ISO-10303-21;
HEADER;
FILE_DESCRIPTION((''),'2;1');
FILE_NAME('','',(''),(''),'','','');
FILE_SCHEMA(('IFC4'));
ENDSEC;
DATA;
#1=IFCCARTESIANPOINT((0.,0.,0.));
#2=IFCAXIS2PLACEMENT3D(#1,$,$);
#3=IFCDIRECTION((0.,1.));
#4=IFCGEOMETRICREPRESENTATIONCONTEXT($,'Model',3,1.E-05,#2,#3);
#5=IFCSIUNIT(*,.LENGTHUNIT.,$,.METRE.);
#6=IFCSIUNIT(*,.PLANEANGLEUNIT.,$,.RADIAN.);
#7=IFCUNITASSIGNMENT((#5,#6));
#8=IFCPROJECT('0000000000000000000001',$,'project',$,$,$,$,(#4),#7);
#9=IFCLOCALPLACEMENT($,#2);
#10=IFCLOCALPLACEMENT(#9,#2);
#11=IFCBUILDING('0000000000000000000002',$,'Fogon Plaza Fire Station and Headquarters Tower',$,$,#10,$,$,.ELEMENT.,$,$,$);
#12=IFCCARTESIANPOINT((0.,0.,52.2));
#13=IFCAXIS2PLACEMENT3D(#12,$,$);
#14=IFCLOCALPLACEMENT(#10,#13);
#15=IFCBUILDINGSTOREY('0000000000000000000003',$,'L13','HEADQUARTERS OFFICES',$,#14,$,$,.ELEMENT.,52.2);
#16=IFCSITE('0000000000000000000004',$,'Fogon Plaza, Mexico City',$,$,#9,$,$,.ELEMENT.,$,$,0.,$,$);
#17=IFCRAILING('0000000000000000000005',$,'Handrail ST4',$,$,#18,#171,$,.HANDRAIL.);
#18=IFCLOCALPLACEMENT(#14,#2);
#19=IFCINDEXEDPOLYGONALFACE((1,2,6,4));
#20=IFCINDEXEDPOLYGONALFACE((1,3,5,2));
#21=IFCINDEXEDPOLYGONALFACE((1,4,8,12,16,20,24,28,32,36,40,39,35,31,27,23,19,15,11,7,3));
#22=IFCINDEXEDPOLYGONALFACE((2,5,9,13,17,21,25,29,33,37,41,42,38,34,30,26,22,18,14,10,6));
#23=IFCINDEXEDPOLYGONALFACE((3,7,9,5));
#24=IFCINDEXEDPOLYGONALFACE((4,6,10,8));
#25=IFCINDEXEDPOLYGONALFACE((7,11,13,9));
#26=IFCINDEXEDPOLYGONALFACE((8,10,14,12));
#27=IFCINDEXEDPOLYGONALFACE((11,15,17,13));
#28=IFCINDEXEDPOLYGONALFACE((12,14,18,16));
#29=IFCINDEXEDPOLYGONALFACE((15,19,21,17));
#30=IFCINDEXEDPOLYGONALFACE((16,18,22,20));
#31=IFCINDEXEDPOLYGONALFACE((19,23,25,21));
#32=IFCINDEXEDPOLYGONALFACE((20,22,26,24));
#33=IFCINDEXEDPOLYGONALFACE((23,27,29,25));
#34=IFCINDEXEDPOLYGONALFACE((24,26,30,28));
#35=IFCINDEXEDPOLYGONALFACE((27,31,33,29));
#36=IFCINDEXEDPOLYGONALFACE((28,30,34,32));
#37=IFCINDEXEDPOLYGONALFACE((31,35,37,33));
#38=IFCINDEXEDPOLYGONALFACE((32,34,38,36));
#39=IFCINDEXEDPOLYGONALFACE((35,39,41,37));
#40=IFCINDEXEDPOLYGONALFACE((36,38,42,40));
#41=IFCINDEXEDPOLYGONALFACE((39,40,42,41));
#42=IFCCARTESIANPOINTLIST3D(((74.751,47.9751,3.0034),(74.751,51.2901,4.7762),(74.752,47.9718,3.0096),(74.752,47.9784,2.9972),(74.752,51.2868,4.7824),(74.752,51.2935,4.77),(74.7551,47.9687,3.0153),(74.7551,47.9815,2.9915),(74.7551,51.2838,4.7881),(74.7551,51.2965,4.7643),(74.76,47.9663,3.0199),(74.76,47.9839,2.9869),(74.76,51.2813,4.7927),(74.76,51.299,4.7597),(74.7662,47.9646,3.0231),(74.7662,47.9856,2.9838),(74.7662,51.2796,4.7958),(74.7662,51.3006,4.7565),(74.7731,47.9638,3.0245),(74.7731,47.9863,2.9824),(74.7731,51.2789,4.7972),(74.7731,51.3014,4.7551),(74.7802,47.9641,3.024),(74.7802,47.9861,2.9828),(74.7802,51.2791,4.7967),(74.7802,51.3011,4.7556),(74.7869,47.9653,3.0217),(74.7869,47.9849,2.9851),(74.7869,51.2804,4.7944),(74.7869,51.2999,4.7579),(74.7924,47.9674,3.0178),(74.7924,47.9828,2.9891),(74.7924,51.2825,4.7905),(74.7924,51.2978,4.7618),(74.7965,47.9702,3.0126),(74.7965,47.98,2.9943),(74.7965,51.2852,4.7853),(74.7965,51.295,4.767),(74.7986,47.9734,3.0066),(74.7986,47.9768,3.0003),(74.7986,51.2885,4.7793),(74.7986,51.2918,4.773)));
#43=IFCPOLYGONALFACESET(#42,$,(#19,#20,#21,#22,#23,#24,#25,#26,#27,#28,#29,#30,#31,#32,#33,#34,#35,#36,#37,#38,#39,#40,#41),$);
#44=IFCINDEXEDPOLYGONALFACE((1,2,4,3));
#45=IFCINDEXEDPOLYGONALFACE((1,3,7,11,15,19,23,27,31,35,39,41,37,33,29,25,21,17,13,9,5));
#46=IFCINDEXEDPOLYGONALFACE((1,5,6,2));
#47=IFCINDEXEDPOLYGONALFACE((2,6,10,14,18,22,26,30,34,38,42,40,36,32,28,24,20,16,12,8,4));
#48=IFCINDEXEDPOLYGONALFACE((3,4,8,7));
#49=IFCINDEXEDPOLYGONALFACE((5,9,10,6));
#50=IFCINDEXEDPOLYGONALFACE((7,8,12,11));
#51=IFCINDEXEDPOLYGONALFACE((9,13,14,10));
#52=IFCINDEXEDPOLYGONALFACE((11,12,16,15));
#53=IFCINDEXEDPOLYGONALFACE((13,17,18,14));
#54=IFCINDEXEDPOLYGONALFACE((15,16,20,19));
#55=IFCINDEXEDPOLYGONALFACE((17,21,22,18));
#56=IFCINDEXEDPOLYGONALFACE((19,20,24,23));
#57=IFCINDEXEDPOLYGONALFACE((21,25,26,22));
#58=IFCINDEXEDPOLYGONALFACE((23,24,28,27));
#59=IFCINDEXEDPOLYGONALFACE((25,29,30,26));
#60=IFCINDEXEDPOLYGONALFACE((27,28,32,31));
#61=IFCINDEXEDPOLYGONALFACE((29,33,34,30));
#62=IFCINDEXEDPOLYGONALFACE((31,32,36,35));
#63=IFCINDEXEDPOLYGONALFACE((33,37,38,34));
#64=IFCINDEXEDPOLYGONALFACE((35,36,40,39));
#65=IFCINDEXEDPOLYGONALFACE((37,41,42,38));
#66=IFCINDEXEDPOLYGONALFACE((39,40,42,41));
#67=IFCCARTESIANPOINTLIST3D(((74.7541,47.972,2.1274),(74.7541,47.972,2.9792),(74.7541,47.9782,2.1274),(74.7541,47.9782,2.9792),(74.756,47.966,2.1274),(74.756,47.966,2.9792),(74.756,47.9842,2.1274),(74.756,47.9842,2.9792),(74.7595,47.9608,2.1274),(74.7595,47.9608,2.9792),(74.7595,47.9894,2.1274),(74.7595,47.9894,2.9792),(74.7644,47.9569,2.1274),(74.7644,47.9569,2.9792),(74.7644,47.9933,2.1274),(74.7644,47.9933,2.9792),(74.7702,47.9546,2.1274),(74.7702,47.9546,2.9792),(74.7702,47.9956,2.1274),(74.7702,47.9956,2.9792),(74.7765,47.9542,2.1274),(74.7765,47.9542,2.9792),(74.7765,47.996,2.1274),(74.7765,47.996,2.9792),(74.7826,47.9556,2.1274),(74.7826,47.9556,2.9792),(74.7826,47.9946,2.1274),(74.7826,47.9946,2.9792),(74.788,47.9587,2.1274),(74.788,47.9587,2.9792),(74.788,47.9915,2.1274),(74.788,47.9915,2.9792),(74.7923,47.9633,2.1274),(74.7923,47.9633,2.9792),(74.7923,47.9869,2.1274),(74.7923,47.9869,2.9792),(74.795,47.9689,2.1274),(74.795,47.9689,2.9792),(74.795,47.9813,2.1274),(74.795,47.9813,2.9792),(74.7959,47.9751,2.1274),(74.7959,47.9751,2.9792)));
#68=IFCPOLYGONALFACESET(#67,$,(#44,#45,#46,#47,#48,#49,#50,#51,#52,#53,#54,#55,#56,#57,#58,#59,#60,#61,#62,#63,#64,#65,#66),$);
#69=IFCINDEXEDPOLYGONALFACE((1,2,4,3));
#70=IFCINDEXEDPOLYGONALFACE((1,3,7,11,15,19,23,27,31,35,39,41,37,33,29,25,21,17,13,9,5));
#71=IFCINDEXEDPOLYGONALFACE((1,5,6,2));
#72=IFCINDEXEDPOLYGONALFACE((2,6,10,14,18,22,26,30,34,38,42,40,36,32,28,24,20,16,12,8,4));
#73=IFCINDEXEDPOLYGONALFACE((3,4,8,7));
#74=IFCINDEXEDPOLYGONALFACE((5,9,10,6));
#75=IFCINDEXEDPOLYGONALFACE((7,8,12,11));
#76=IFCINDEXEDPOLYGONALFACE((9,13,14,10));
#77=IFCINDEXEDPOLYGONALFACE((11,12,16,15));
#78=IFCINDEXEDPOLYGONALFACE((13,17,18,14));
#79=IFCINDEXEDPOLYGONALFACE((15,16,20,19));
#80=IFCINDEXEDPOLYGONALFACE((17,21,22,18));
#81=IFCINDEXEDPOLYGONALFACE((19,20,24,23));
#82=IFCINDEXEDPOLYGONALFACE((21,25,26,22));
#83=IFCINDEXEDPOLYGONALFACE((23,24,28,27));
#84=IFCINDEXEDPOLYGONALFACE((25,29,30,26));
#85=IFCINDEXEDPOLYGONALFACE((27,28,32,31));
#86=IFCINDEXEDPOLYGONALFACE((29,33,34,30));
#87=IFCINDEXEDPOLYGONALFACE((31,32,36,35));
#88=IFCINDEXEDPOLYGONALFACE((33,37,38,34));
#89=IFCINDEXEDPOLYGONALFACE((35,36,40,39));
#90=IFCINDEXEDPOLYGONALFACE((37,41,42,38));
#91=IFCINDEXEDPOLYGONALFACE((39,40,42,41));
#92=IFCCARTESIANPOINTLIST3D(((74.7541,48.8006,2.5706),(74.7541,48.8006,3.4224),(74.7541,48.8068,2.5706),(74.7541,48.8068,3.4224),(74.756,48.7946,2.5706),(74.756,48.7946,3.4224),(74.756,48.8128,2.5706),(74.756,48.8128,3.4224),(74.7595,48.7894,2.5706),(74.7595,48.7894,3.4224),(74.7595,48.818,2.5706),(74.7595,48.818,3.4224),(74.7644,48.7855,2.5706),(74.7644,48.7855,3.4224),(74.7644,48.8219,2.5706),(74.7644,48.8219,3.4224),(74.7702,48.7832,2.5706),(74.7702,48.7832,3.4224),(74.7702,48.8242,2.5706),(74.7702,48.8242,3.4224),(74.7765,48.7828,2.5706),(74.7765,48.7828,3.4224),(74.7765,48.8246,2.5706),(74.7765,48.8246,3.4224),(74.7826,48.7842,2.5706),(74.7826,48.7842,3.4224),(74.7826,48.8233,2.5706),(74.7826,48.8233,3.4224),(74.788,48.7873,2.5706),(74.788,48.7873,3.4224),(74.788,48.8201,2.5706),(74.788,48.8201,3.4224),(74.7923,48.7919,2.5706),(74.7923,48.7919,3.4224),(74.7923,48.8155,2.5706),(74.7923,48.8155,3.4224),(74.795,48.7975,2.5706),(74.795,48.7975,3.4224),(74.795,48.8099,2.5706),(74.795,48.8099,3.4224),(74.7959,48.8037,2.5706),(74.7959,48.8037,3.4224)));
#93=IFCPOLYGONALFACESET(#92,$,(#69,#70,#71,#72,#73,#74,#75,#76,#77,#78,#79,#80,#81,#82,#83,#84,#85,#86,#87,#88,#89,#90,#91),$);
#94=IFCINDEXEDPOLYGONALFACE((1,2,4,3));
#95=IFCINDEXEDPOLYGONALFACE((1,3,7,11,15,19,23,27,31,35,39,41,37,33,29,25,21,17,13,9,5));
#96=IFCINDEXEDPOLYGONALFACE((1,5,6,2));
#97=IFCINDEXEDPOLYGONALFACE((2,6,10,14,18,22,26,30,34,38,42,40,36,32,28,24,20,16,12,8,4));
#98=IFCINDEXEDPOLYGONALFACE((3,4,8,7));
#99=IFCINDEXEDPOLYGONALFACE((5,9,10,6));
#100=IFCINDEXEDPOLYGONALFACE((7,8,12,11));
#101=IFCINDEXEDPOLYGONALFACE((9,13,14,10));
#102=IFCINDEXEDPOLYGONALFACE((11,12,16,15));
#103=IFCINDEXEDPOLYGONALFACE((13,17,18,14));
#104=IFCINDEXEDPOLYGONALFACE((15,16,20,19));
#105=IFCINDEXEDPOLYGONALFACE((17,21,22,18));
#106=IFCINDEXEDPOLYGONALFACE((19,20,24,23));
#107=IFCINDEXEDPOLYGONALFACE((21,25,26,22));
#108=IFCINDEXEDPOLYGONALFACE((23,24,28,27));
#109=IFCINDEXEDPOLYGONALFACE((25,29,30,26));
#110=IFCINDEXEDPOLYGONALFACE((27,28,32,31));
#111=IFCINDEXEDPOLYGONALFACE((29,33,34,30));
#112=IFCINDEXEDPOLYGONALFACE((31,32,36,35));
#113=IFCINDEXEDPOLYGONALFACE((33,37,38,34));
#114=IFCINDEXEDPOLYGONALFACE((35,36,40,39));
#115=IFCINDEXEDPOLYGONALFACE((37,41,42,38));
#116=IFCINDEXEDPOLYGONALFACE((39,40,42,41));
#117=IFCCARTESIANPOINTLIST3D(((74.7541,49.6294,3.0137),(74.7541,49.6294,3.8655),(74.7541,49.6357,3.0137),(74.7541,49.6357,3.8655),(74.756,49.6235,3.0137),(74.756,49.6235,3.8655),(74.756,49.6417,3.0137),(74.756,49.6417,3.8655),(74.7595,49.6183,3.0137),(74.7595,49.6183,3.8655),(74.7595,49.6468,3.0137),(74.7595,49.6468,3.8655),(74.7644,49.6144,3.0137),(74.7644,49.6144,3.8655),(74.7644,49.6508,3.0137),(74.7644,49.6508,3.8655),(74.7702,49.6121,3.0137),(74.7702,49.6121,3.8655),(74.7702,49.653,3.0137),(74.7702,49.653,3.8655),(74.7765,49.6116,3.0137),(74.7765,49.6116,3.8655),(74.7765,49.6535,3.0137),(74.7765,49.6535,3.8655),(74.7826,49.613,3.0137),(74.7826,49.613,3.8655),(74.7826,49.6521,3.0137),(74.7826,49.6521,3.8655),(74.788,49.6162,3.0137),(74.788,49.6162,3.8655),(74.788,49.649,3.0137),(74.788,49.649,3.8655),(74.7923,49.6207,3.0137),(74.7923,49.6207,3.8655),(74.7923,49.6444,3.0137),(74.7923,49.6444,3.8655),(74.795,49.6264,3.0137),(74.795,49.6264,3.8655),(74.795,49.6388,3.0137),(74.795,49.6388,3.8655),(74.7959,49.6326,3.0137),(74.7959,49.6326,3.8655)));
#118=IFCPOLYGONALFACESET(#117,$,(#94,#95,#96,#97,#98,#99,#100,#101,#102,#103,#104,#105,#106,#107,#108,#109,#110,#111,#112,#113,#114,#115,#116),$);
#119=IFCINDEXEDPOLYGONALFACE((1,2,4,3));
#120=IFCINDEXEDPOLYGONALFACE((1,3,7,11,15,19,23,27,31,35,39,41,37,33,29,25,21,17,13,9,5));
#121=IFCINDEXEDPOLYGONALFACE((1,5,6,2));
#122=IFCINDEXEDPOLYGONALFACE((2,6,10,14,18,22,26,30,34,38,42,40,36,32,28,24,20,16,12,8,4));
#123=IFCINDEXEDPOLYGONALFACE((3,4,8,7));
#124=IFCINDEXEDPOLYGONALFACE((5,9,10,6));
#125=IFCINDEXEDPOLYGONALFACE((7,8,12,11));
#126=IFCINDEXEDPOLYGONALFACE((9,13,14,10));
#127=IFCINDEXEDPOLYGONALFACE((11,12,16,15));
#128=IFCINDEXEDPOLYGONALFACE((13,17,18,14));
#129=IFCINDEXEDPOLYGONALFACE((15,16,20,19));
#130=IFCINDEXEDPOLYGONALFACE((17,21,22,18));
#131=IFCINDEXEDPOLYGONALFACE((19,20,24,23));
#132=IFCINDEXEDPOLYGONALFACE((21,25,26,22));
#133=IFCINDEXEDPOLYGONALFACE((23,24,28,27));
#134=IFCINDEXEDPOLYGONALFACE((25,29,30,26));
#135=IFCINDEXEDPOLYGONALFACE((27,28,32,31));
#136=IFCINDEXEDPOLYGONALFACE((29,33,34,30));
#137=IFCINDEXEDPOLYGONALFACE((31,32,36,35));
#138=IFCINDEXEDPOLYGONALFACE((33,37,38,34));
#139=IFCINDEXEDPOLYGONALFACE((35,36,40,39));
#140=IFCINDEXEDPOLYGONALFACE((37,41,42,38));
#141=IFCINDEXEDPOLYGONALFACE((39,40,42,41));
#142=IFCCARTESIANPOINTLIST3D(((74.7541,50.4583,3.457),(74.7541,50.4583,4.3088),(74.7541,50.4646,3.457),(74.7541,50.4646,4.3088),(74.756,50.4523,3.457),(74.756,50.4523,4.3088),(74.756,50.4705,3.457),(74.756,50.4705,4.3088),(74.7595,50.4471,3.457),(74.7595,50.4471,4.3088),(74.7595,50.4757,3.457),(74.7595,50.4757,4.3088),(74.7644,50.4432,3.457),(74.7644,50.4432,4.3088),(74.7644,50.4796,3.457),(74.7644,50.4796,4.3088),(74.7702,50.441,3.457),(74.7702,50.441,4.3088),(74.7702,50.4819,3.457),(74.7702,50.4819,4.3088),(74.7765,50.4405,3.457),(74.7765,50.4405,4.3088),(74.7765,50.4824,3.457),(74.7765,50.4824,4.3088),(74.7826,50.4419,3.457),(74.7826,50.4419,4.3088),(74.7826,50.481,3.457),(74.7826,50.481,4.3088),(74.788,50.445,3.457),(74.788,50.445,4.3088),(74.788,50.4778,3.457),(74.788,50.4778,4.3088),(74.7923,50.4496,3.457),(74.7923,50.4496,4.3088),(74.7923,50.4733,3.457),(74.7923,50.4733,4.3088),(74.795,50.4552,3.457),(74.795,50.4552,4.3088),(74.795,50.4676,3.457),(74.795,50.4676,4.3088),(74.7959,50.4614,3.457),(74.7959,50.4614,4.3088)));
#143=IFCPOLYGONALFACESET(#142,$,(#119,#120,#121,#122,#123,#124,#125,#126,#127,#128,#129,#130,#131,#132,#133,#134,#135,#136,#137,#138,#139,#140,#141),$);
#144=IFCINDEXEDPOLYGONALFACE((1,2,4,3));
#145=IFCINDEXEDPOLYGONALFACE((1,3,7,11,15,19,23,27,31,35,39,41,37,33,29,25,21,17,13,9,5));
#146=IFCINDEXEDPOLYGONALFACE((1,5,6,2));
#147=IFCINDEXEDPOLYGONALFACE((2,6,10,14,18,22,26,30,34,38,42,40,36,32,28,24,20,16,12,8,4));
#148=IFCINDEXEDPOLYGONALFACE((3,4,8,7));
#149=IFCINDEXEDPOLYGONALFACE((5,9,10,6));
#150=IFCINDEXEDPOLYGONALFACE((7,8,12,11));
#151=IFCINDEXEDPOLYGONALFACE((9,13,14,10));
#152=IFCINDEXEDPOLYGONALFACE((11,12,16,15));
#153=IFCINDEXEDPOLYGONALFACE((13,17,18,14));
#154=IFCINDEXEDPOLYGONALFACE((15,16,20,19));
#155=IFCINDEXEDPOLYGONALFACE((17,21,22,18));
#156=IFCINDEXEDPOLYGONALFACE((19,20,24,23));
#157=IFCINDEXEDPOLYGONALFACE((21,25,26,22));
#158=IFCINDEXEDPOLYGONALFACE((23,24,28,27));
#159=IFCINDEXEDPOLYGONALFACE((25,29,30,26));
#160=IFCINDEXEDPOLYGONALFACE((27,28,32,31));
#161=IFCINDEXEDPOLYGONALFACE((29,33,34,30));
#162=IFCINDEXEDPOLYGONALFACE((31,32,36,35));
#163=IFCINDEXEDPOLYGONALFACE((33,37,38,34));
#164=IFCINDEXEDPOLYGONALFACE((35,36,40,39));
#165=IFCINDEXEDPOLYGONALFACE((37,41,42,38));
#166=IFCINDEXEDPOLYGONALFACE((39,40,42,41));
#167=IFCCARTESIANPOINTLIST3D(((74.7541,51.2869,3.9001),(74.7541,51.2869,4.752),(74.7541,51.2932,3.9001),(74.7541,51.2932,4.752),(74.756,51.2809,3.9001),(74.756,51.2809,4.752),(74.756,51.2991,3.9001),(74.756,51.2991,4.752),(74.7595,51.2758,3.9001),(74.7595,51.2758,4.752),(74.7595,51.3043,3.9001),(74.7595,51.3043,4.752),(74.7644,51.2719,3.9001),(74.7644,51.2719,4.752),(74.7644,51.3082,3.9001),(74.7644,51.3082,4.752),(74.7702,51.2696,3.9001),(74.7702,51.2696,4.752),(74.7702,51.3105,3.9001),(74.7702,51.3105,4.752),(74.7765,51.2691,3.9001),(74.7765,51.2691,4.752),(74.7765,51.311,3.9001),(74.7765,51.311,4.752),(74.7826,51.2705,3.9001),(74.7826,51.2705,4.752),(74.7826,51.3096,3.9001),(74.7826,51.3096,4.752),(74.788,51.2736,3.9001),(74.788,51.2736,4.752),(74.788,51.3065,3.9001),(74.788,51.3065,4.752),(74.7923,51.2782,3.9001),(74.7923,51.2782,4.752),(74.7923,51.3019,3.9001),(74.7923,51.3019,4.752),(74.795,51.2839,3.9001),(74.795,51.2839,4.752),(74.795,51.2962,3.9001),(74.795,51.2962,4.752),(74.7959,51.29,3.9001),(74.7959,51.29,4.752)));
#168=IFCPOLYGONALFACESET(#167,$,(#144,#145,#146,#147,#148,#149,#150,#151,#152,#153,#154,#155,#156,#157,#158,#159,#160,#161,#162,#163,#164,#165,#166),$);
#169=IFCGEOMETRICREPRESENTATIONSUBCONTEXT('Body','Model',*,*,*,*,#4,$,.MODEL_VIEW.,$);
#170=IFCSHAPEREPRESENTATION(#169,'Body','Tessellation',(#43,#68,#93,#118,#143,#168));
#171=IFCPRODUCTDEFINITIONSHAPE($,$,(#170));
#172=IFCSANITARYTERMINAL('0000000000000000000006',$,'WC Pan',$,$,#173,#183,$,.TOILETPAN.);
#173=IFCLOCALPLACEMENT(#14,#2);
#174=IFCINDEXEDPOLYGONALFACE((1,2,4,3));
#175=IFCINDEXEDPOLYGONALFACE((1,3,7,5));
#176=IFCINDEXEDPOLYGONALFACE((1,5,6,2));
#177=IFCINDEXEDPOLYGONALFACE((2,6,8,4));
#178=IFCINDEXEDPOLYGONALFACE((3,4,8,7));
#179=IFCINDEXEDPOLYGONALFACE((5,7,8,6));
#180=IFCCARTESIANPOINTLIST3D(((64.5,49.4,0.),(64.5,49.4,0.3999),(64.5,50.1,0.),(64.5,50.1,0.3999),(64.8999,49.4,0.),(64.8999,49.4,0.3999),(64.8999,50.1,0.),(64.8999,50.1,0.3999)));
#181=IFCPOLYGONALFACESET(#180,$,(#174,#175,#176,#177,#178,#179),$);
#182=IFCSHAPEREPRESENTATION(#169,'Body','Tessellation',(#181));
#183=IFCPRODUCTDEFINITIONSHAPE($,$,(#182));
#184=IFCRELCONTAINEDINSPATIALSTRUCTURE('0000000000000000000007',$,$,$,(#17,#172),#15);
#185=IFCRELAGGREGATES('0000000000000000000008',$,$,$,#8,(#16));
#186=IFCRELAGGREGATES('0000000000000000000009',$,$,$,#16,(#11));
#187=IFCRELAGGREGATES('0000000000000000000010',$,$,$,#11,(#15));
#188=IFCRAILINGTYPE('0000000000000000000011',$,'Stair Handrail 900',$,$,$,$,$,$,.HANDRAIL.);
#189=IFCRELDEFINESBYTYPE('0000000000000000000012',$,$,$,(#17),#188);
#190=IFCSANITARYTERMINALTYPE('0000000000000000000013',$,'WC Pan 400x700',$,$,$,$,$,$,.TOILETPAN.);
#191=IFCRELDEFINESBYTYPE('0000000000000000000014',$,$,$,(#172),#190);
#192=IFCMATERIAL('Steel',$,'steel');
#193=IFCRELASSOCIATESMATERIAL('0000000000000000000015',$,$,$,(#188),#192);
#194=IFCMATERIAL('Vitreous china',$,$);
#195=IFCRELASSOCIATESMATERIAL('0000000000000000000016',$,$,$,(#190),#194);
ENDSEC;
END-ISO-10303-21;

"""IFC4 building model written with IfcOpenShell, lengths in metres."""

from ifc_helpers import new_model, si_unit, direction, frame, origin, origin_2d, place, context, subcontext, project, spatial, rectangle, circle, extrude, material, type_object, element, save


model = new_model("IFC4")

# Units and contexts
model_context = context("Model", 3, precision=1e-05, world=origin(), true_north=direction((0.0, 1.0)))
body_context = subcontext(model_context, "Body", "Model", "MODEL_VIEW")
ifc_project = project(units=[si_unit("LENGTHUNIT", "METRE"), si_unit("PLANEANGLEUNIT", "RADIAN")], contexts=[model_context])

# Site, building, storey
site_placement = place(None, origin())
site = spatial("IfcSite", under=ifc_project, at=site_placement, Name="Fogon Plaza, Mexico City", CompositionType="ELEMENT", RefElevation=0.0)
building_placement = place(site_placement, origin())
building = spatial("IfcBuilding", under=site, at=building_placement, Name="Fogon Plaza Fire Station and Headquarters Tower", CompositionType="ELEMENT")
storey_placement = place(building_placement, frame((0.0, 0.0, 52.2)))
storey = spatial("IfcBuildingStorey", under=building, at=storey_placement, Name="L13", Description="HEADQUARTERS OFFICES", CompositionType="ELEMENT", Elevation=52.2)

# Railing
ifc_material_1 = material(Name="Steel", Category="steel")
railing_type = type_object("IfcRailingType", Name="Stair Handrail 900", PredefinedType="HANDRAIL", material=ifc_material_1)
for number, where, name in (
    (1, (74.7749, 47.9751, 2.1274), "Handrail ST4"),
):
    element("IfcRailing", number, at=place(storey_placement, frame(where)), inside=storey, type_object=railing_type, Name=name, PredefinedType="HANDRAIL", context=body_context, shape_type="SweptSolid", body=[
        extrude(circle(Radius=0.0239, at=origin_2d()), frame((0.0, 0.0, 0.876), z_axis=(0.0, 0.881829, 0.471569), x_axis=(-1.0, 0.0, 0.0)), (0.0, 0.0, 1.0), 3.7593),
        extrude(circle(Radius=0.021, at=origin_2d()), origin(), (0.0, 0.0, 1.0), 0.8518),
        extrude(circle(Radius=0.021, at=origin_2d()), frame((0.0, 0.8286, 0.4431)), (0.0, 0.0, 1.0), 0.8518),
        extrude(circle(Radius=0.021, at=origin_2d()), frame((0.0, 1.6575, 0.8862)), (0.0, 0.0, 1.0), 0.8518),
        extrude(circle(Radius=0.021, at=origin_2d()), frame((0.0, 2.4863, 1.3296)), (0.0, 0.0, 1.0), 0.8518),
        extrude(circle(Radius=0.021, at=origin_2d()), frame((0.0, 3.3149, 1.7727)), (0.0, 0.0, 1.0), 0.8518),
    ])

# Sanitary terminal
ifc_material_2 = material(Name="Vitreous china")
sanitary_terminal_type = type_object("IfcSanitaryTerminalType", Name="WC Pan 400x700", PredefinedType="TOILETPAN", material=ifc_material_2)
sanitary_terminal_placement = place(storey_placement, frame((64.7, 49.75, 0.0), z_axis=(0.0, 0.0, 1.0), x_axis=(1.0, 0.0, 0.0)))
element("IfcSanitaryTerminal", 2, at=sanitary_terminal_placement, inside=storey, type_object=sanitary_terminal_type, Name="WC Pan", PredefinedType="TOILETPAN", context=body_context, shape_type="SweptSolid", body=[
    extrude(rectangle(XDim=0.3999, YDim=0.7, at=origin_2d()), origin(), (0.0, 0.0, 1.0), 0.3999),
])

save(model, "model.ifc")
